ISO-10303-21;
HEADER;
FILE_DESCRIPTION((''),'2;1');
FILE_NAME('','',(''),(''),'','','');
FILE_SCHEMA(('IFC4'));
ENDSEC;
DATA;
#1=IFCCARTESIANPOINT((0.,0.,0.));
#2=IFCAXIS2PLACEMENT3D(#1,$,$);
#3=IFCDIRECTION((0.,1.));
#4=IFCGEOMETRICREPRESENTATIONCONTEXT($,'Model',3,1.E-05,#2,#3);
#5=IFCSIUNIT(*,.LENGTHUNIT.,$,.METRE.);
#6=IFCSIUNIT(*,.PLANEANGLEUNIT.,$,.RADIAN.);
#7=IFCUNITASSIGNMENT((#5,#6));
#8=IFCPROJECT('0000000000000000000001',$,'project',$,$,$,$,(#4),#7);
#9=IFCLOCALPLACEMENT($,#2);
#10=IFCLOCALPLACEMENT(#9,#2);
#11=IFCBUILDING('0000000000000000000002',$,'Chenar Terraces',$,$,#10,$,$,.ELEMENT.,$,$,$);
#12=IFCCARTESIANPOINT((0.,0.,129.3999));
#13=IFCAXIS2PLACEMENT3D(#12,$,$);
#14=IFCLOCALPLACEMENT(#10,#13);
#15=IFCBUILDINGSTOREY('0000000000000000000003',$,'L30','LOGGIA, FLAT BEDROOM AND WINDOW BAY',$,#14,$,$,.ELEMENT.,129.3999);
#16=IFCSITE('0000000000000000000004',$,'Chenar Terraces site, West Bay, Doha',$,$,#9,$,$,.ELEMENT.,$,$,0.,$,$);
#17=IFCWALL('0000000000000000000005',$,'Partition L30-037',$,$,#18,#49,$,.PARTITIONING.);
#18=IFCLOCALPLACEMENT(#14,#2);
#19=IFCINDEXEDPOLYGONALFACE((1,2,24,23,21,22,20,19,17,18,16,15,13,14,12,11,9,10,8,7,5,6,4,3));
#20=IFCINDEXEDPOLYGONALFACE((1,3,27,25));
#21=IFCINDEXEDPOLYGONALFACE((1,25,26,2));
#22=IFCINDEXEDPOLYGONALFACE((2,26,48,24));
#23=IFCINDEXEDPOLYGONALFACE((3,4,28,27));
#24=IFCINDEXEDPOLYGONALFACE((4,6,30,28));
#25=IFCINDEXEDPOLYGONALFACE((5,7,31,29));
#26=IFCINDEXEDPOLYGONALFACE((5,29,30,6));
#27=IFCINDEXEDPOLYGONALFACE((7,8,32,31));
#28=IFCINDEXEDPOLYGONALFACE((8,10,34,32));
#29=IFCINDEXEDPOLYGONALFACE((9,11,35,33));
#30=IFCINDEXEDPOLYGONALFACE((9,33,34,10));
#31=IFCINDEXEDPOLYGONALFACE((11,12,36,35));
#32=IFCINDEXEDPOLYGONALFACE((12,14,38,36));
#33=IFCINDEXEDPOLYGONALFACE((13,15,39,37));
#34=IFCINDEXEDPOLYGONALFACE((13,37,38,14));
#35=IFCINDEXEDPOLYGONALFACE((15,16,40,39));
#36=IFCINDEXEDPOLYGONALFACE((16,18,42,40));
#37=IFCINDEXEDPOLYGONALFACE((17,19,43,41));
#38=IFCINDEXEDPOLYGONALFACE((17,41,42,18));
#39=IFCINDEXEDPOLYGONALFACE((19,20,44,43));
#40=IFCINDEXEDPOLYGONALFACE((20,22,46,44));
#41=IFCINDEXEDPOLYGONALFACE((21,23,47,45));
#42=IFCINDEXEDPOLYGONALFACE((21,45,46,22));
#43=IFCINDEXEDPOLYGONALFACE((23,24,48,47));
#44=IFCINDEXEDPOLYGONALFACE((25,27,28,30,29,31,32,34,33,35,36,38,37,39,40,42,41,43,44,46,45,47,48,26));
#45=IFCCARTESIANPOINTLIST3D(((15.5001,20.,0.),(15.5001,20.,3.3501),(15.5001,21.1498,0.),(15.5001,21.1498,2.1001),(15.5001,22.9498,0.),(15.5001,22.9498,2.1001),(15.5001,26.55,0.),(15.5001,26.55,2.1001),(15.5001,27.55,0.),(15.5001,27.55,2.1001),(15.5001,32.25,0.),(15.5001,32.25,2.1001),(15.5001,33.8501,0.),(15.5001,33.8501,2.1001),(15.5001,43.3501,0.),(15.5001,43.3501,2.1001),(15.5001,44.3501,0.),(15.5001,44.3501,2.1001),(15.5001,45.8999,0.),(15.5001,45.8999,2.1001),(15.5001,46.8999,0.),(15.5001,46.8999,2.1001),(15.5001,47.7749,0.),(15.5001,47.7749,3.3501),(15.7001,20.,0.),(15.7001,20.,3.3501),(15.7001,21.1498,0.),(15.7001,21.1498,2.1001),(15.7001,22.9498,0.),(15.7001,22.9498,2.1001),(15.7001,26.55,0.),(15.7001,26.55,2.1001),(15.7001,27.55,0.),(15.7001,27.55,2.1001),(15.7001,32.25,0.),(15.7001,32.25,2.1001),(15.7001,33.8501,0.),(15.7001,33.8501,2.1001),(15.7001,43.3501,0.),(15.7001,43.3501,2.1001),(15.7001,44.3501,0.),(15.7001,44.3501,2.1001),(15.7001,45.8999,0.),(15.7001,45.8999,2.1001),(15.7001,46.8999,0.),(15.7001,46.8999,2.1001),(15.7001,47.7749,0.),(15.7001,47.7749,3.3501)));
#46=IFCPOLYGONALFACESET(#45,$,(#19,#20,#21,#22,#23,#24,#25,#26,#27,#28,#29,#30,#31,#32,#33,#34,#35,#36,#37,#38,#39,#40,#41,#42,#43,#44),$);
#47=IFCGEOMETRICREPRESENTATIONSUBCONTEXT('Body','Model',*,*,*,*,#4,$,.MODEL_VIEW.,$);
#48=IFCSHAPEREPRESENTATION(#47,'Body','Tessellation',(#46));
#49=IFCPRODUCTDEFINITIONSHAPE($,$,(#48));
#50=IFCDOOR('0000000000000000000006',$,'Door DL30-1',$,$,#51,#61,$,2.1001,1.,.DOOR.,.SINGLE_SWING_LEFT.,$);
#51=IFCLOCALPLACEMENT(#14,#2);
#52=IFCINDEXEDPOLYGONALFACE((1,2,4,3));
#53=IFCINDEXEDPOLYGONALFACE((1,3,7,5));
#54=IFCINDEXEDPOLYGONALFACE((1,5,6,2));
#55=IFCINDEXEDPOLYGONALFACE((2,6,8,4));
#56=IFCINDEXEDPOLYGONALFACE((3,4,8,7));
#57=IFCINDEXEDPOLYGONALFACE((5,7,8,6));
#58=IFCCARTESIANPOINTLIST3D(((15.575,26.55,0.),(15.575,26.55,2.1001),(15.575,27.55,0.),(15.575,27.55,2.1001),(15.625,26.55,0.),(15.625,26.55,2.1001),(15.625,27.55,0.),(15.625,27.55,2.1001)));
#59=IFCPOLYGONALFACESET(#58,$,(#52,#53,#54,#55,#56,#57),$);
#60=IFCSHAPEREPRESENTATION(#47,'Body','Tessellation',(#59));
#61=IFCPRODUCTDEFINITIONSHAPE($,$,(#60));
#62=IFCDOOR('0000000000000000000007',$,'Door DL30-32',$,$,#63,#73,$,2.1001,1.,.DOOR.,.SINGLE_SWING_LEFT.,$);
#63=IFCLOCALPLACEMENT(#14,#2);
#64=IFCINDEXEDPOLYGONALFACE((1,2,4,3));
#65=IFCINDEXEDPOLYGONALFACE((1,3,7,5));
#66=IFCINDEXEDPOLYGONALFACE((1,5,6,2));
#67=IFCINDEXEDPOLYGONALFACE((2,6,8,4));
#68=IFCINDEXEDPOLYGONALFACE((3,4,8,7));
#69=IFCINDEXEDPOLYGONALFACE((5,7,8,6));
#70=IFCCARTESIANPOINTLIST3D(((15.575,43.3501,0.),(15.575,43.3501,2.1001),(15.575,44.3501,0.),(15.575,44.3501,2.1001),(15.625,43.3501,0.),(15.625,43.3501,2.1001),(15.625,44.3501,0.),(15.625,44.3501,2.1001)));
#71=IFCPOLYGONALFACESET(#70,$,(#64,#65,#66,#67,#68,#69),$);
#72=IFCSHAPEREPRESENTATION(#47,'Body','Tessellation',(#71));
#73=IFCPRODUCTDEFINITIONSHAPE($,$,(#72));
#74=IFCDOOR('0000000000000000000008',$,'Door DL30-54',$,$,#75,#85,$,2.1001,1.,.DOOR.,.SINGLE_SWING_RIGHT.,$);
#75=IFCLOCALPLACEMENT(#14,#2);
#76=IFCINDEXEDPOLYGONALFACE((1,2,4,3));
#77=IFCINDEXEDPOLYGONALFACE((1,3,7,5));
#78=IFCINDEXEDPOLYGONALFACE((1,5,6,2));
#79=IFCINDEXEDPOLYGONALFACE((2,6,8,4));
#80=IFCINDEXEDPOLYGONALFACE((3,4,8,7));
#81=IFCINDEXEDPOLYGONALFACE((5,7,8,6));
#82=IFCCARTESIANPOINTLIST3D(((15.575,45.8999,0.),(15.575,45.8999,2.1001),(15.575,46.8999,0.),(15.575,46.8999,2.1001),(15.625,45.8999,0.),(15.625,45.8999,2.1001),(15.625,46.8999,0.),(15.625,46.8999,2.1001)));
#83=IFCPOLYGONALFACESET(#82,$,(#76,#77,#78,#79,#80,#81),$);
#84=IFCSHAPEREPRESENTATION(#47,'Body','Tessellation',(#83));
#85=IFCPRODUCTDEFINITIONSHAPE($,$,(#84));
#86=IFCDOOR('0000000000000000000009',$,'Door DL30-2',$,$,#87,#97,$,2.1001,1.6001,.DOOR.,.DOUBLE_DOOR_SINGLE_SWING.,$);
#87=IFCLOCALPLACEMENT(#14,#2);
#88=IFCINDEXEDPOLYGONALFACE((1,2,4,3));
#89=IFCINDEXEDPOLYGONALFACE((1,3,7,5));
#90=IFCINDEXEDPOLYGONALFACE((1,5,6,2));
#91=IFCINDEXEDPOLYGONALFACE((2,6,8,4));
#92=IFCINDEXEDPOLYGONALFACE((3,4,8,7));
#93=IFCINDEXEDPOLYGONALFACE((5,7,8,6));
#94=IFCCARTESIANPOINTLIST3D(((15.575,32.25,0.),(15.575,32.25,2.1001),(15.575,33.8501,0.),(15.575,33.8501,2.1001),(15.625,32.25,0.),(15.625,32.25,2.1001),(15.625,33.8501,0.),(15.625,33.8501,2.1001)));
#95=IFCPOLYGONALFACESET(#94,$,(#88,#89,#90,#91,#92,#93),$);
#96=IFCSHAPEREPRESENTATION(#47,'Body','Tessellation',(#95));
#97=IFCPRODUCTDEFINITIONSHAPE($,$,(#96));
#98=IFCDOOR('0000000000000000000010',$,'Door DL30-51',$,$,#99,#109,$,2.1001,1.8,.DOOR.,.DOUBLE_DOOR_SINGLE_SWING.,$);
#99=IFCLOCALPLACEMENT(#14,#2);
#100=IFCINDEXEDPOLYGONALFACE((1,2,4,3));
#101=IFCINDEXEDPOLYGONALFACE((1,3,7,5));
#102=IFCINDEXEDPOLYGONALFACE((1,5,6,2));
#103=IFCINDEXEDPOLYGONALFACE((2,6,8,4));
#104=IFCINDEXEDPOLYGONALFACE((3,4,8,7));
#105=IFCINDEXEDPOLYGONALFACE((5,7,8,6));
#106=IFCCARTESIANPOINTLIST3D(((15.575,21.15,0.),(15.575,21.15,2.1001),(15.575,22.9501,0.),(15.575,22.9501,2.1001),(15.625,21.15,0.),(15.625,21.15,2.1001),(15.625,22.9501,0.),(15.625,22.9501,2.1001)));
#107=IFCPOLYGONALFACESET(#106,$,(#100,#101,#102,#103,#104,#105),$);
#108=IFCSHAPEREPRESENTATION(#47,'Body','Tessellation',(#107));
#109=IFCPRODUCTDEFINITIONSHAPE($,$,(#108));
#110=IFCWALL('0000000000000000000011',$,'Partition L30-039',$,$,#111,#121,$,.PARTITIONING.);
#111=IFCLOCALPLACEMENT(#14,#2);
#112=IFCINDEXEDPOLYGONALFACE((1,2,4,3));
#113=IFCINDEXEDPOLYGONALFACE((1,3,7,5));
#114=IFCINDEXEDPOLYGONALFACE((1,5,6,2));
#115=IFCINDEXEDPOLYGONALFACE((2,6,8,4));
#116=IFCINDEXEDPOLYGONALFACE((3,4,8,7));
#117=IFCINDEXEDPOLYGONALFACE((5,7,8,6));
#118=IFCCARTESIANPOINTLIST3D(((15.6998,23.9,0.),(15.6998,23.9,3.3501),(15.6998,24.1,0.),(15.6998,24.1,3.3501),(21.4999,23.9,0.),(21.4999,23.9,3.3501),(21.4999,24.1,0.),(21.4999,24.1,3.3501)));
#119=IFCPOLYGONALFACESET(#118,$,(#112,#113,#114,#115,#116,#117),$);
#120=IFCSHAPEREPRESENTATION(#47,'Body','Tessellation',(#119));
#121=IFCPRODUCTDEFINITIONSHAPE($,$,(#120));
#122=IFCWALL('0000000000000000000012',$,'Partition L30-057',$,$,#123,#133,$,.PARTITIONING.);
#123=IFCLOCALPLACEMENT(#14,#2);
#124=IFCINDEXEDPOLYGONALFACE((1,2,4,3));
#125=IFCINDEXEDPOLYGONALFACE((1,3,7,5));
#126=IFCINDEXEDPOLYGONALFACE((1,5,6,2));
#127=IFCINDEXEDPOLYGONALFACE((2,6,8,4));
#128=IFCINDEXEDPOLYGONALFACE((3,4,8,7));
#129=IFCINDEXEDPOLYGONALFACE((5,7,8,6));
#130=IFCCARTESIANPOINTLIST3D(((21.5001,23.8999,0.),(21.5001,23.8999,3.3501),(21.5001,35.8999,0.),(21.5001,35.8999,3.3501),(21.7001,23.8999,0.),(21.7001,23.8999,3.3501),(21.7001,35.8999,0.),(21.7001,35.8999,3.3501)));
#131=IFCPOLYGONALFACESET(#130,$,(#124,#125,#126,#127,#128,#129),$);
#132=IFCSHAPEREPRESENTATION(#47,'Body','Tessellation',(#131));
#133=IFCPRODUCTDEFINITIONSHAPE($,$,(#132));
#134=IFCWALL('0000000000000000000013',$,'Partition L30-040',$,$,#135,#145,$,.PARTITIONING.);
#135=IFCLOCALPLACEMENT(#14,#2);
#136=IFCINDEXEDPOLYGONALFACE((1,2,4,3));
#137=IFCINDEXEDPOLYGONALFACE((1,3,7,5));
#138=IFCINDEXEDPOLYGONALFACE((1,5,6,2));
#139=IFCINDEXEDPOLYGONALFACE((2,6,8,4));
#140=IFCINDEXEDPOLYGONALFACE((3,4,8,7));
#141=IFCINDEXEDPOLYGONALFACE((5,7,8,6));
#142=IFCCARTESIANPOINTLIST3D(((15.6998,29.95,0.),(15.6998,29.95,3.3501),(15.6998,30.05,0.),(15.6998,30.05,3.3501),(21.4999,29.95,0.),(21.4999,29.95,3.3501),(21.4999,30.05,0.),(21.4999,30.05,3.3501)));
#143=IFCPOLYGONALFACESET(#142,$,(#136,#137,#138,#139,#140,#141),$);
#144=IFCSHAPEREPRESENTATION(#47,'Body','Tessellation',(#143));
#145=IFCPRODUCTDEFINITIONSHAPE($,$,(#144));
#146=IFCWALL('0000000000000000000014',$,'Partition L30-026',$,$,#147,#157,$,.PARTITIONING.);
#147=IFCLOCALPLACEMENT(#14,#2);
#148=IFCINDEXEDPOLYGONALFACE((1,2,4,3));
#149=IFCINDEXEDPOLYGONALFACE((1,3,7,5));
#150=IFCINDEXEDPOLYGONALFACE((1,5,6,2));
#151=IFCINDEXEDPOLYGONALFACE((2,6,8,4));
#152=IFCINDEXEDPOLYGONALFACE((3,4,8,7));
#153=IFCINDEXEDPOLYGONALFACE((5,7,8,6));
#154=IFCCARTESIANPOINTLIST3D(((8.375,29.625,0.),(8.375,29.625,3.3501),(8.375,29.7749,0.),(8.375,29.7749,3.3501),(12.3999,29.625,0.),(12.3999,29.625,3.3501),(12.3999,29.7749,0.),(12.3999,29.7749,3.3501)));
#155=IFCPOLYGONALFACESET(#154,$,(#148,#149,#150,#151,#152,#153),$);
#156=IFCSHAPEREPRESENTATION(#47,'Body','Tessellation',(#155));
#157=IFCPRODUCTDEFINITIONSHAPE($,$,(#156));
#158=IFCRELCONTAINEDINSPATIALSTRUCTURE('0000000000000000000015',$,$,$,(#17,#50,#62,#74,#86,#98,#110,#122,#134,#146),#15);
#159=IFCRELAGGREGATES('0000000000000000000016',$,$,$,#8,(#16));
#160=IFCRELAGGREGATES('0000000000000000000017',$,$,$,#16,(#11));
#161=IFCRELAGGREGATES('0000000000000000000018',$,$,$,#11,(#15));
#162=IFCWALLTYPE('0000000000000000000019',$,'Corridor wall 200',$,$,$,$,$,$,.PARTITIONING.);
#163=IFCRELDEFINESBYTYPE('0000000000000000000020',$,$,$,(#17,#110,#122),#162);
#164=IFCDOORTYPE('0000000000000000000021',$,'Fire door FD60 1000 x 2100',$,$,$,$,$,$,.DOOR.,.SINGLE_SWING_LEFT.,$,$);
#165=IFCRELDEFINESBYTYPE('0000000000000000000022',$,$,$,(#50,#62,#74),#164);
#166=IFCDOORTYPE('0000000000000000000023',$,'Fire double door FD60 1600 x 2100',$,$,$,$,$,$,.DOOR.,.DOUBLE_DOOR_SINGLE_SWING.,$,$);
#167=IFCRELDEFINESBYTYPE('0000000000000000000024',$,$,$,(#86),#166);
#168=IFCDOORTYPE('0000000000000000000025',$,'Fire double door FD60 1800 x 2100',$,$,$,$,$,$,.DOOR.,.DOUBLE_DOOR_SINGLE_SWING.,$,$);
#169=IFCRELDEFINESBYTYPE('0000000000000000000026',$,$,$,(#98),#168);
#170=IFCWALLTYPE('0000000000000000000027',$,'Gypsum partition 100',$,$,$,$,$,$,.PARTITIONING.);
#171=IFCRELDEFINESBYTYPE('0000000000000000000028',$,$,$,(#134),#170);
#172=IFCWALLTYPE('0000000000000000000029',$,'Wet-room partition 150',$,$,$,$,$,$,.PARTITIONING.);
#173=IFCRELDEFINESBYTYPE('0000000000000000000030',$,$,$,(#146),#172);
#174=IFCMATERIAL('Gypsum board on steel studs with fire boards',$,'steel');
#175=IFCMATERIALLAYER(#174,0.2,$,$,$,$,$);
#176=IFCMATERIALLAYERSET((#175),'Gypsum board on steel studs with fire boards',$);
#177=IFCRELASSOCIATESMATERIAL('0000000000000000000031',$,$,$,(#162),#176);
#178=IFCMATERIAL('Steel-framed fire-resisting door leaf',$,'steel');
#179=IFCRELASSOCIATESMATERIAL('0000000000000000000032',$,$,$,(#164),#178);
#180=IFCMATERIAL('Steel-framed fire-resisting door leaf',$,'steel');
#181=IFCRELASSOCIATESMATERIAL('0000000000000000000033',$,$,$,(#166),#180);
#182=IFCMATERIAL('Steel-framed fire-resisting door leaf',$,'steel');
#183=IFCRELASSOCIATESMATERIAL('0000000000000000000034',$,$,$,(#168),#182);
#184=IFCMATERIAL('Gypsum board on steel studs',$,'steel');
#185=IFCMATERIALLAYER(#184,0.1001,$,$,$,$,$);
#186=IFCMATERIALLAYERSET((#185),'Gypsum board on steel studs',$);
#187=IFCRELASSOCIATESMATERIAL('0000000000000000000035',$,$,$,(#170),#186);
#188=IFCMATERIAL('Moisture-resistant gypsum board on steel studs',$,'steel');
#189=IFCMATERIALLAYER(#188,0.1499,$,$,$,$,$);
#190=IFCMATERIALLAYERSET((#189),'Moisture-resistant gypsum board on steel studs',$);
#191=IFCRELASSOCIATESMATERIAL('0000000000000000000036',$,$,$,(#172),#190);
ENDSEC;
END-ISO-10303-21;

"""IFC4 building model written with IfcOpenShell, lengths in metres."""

from ifc_helpers import new_model, si_unit, direction, frame, frame_2d, origin, place, context, subcontext, project, spatial, rectangle, extrude, material, layer, layer_set, type_object, element, fill, save


model = new_model("IFC4")

# Units and contexts
model_context = context("Model", 3, precision=1e-05, world=origin(), true_north=direction((0.0, 1.0)))
body_context = subcontext(model_context, "Body", "Model", "MODEL_VIEW")
ifc_project = project(units=[si_unit("LENGTHUNIT", "METRE"), si_unit("PLANEANGLEUNIT", "RADIAN")], contexts=[model_context])

# Site, building, storey
site_placement = place(None, origin())
site = spatial("IfcSite", under=ifc_project, at=site_placement, Name="Chenar Terraces site, West Bay, Doha", CompositionType="ELEMENT", RefElevation=0.0)
building_placement = place(site_placement, origin())
building = spatial("IfcBuilding", under=site, at=building_placement, Name="Chenar Terraces", CompositionType="ELEMENT")
storey_placement = place(building_placement, frame((0.0, 0.0, 129.3999)))
storey = spatial("IfcBuildingStorey", under=building, at=storey_placement, Name="L30", Description="LOGGIA, FLAT BEDROOM AND WINDOW BAY", CompositionType="ELEMENT", Elevation=129.3999)

# Wall, openings, doors
ifc_material_1 = material(Name="Gypsum board on steel studs with fire boards", Category="steel")
ifc_layer_1 = layer(ifc_material_1, 0.2)
ifc_layer_set_1 = layer_set([ifc_layer_1], Name="Gypsum board on steel studs with fire boards")
wall_type_1 = type_object("IfcWallType", Name="Corridor wall 200", PredefinedType="PARTITIONING", material=ifc_layer_set_1)
wall_1_placement = place(storey_placement, frame((15.6001, 20.0, 0.0), z_axis=(0.0, 0.0, 1.0), x_axis=(0.0, 1.0, 0.0)))
wall_1 = element("IfcWall", 1, at=wall_1_placement, inside=storey, type_object=wall_type_1, Name="Partition L30-037", PredefinedType="PARTITIONING", context=body_context, shape_type="SweptSolid", body=[
    extrude(rectangle(XDim=27.7749, YDim=0.2, at=frame_2d((13.8875, 0.0))), origin(), (0.0, 0.0, 1.0), 3.3501),
])
opening_1_placement = place(wall_1_placement, frame((6.55, 0.0, 0.0)))
opening_1 = element("IfcOpeningElement", 2, at=opening_1_placement, cuts=wall_1, PredefinedType="OPENING", context=body_context, shape_type="SweptSolid", body=[
    extrude(rectangle(XDim=1.0, YDim=2.1001, at=frame_2d((0.5, 1.05))), frame((0.0, 0.1099, 0.0), z_axis=(0.0, -1.0, 0.0), x_axis=(1.0, 0.0, 0.0)), (0.0, 0.0, 1.0), 0.22),
])
opening_2_placement = place(wall_1_placement, frame((12.25, 0.0, 0.0)))
opening_2 = element("IfcOpeningElement", 3, at=opening_2_placement, cuts=wall_1, PredefinedType="OPENING", context=body_context, shape_type="SweptSolid", body=[
    extrude(rectangle(XDim=1.6001, YDim=2.1001, at=frame_2d((0.8, 1.05))), frame((0.0, 0.1099, 0.0), z_axis=(0.0, -1.0, 0.0), x_axis=(1.0, 0.0, 0.0)), (0.0, 0.0, 1.0), 0.22),
])
opening_3_placement = place(wall_1_placement, frame((23.3501, 0.0, 0.0)))
opening_3 = element("IfcOpeningElement", 4, at=opening_3_placement, cuts=wall_1, PredefinedType="OPENING", context=body_context, shape_type="SweptSolid", body=[
    extrude(rectangle(XDim=1.0, YDim=2.1001, at=frame_2d((0.5, 1.05))), frame((0.0, 0.1099, 0.0), z_axis=(0.0, -1.0, 0.0), x_axis=(1.0, 0.0, 0.0)), (0.0, 0.0, 1.0), 0.22),
])
opening_4_placement = place(wall_1_placement, frame((1.1499, 0.0, 0.0)))
opening_4 = element("IfcOpeningElement", 5, at=opening_4_placement, cuts=wall_1, PredefinedType="OPENING", context=body_context, shape_type="SweptSolid", body=[
    extrude(rectangle(XDim=1.8, YDim=2.1001, at=frame_2d((0.8999, 1.05))), frame((0.0, 0.1099, 0.0), z_axis=(0.0, -1.0, 0.0), x_axis=(1.0, 0.0, 0.0)), (0.0, 0.0, 1.0), 0.22),
])
opening_5_placement = place(wall_1_placement, frame((25.8999, 0.0, 0.0)))
opening_5 = element("IfcOpeningElement", 6, at=opening_5_placement, cuts=wall_1, PredefinedType="OPENING", context=body_context, shape_type="SweptSolid", body=[
    extrude(rectangle(XDim=1.0, YDim=2.1001, at=frame_2d((0.5, 1.05))), frame((0.0, 0.1099, 0.0), z_axis=(0.0, -1.0, 0.0), x_axis=(1.0, 0.0, 0.0)), (0.0, 0.0, 1.0), 0.22),
])
ifc_material_2 = material(Name="Steel-framed fire-resisting door leaf", Category="steel")
door_type_1 = type_object("IfcDoorType", Name="Fire door FD60 1000 x 2100", OperationType="SINGLE_SWING_LEFT", PredefinedType="DOOR", material=ifc_material_2)
door_1_placement = place(opening_1_placement, frame((1.0, 0.0, 0.0), z_axis=(0.0, 0.0, 1.0), x_axis=(-1.0, 0.0, 0.0)))
door_1 = element("IfcDoor", 7, at=door_1_placement, inside=storey, type_object=door_type_1, Name="Door DL30-1", OperationType="SINGLE_SWING_LEFT", OverallHeight=2.1001, OverallWidth=1.0, PredefinedType="DOOR", context=body_context, shape_type="SweptSolid", body=[
    extrude(rectangle(XDim=1.0, YDim=2.1001, at=frame_2d((0.5, 1.05))), frame((0.0, 0.0249, 0.0), z_axis=(0.0, -1.0, 0.0), x_axis=(1.0, 0.0, 0.0)), (0.0, 0.0, 1.0), 0.05),
])
fill(opening_1, door_1)
door_2_placement = place(opening_3_placement, frame((1.0, 0.0, 0.0), z_axis=(0.0, 0.0, 1.0), x_axis=(-1.0, 0.0, 0.0)))
door_2 = element("IfcDoor", 8, at=door_2_placement, inside=storey, type_object=door_type_1, Name="Door DL30-32", OperationType="SINGLE_SWING_LEFT", OverallHeight=2.1001, OverallWidth=1.0, PredefinedType="DOOR", context=body_context, shape_type="SweptSolid", body=[
    extrude(rectangle(XDim=1.0, YDim=2.1001, at=frame_2d((0.5, 1.05))), frame((0.0, 0.0249, 0.0), z_axis=(0.0, -1.0, 0.0), x_axis=(1.0, 0.0, 0.0)), (0.0, 0.0, 1.0), 0.05),
])
fill(opening_3, door_2)
door_3_placement = place(opening_5_placement, frame((1.0, 0.0, 0.0), z_axis=(0.0, 0.0, 1.0), x_axis=(-1.0, 0.0, 0.0)))
door_3 = element("IfcDoor", 9, at=door_3_placement, inside=storey, type_object=door_type_1, Name="Door DL30-54", OperationType="SINGLE_SWING_RIGHT", OverallHeight=2.1001, OverallWidth=1.0, PredefinedType="DOOR", context=body_context, shape_type="SweptSolid", body=[
    extrude(rectangle(XDim=1.0, YDim=2.1001, at=frame_2d((0.5, 1.05))), frame((0.0, 0.0249, 0.0), z_axis=(0.0, -1.0, 0.0), x_axis=(1.0, 0.0, 0.0)), (0.0, 0.0, 1.0), 0.05),
])
fill(opening_5, door_3)
ifc_material_3 = material(Name="Steel-framed fire-resisting door leaf", Category="steel")
door_type_2 = type_object("IfcDoorType", Name="Fire double door FD60 1600 x 2100", OperationType="DOUBLE_DOOR_SINGLE_SWING", PredefinedType="DOOR", material=ifc_material_3)
door_4_placement = place(opening_2_placement, frame((1.6001, 0.0, 0.0), z_axis=(0.0, 0.0, 1.0), x_axis=(-1.0, 0.0, 0.0)))
door_4 = element("IfcDoor", 10, at=door_4_placement, inside=storey, type_object=door_type_2, Name="Door DL30-2", OperationType="DOUBLE_DOOR_SINGLE_SWING", OverallHeight=2.1001, OverallWidth=1.6001, PredefinedType="DOOR", context=body_context, shape_type="SweptSolid", body=[
    extrude(rectangle(XDim=1.6001, YDim=2.1001, at=frame_2d((0.8, 1.05))), frame((0.0, 0.0249, 0.0), z_axis=(0.0, -1.0, 0.0), x_axis=(1.0, 0.0, 0.0)), (0.0, 0.0, 1.0), 0.05),
])
fill(opening_2, door_4)
ifc_material_4 = material(Name="Steel-framed fire-resisting door leaf", Category="steel")
door_type_3 = type_object("IfcDoorType", Name="Fire double door FD60 1800 x 2100", OperationType="DOUBLE_DOOR_SINGLE_SWING", PredefinedType="DOOR", material=ifc_material_4)
door_5_placement = place(opening_4_placement, frame((1.8, 0.0, 0.0), z_axis=(0.0, 0.0, 1.0), x_axis=(-1.0, 0.0, 0.0)))
door_5 = element("IfcDoor", 11, at=door_5_placement, inside=storey, type_object=door_type_3, Name="Door DL30-51", OperationType="DOUBLE_DOOR_SINGLE_SWING", OverallHeight=2.1001, OverallWidth=1.8, PredefinedType="DOOR", context=body_context, shape_type="SweptSolid", body=[
    extrude(rectangle(XDim=1.8, YDim=2.1001, at=frame_2d((0.8999, 1.05))), frame((0.0, 0.0249, 0.0), z_axis=(0.0, -1.0, 0.0), x_axis=(1.0, 0.0, 0.0)), (0.0, 0.0, 1.0), 0.05),
])
fill(opening_4, door_5)

# Walls
wall_2_placement = place(storey_placement, frame((15.7, 24.0, 0.0), z_axis=(0.0, 0.0, 1.0), x_axis=(1.0, 0.0, 0.0)))
element("IfcWall", 12, at=wall_2_placement, inside=storey, type_object=wall_type_1, Name="Partition L30-039", PredefinedType="PARTITIONING", context=body_context, shape_type="SweptSolid", body=[
    extrude(rectangle(XDim=5.8, YDim=0.2, at=frame_2d((2.8999, 0.0))), origin(), (0.0, 0.0, 1.0), 3.3501),
])
wall_3_placement = place(storey_placement, frame((21.6001, 23.8999, 0.0), z_axis=(0.0, 0.0, 1.0), x_axis=(0.0, 1.0, 0.0)))
element("IfcWall", 13, at=wall_3_placement, inside=storey, type_object=wall_type_1, Name="Partition L30-057", PredefinedType="PARTITIONING", context=body_context, shape_type="SweptSolid", body=[
    extrude(rectangle(XDim=12.0, YDim=0.2, at=frame_2d((6.0, 0.0))), origin(), (0.0, 0.0, 1.0), 3.3501),
])
ifc_material_5 = material(Name="Gypsum board on steel studs", Category="steel")
ifc_layer_2 = layer(ifc_material_5, 0.1001)
ifc_layer_set_2 = layer_set([ifc_layer_2], Name="Gypsum board on steel studs")
wall_type_2 = type_object("IfcWallType", Name="Gypsum partition 100", PredefinedType="PARTITIONING", material=ifc_layer_set_2)
wall_4_placement = place(storey_placement, frame((15.7, 30.0, 0.0), z_axis=(0.0, 0.0, 1.0), x_axis=(1.0, 0.0, 0.0)))
element("IfcWall", 14, at=wall_4_placement, inside=storey, type_object=wall_type_2, Name="Partition L30-040", PredefinedType="PARTITIONING", context=body_context, shape_type="SweptSolid", body=[
    extrude(rectangle(XDim=5.8, YDim=0.1001, at=frame_2d((2.8999, 0.0))), origin(), (0.0, 0.0, 1.0), 3.3501),
])
ifc_material_6 = material(Name="Moisture-resistant gypsum board on steel studs", Category="steel")
ifc_layer_3 = layer(ifc_material_6, 0.1499)
ifc_layer_set_3 = layer_set([ifc_layer_3], Name="Moisture-resistant gypsum board on steel studs")
wall_type_3 = type_object("IfcWallType", Name="Wet-room partition 150", PredefinedType="PARTITIONING", material=ifc_layer_set_3)
for number, where, z_axis, x_axis, name in (
    (15, (8.375, 29.7, 0.0), (0.0, 0.0, 1.0), (1.0, 0.0, 0.0), "Partition L30-026"),
):
    element("IfcWall", number, at=place(storey_placement, frame(where, z_axis=z_axis, x_axis=x_axis)), inside=storey, type_object=wall_type_3, Name=name, PredefinedType="PARTITIONING", context=body_context, shape_type="SweptSolid", body=[
        extrude(rectangle(XDim=4.0249, YDim=0.1499, at=frame_2d((2.0125, 0.0))), origin(), (0.0, 0.0, 1.0), 3.3501),
    ])

save(model, "model.ifc")
